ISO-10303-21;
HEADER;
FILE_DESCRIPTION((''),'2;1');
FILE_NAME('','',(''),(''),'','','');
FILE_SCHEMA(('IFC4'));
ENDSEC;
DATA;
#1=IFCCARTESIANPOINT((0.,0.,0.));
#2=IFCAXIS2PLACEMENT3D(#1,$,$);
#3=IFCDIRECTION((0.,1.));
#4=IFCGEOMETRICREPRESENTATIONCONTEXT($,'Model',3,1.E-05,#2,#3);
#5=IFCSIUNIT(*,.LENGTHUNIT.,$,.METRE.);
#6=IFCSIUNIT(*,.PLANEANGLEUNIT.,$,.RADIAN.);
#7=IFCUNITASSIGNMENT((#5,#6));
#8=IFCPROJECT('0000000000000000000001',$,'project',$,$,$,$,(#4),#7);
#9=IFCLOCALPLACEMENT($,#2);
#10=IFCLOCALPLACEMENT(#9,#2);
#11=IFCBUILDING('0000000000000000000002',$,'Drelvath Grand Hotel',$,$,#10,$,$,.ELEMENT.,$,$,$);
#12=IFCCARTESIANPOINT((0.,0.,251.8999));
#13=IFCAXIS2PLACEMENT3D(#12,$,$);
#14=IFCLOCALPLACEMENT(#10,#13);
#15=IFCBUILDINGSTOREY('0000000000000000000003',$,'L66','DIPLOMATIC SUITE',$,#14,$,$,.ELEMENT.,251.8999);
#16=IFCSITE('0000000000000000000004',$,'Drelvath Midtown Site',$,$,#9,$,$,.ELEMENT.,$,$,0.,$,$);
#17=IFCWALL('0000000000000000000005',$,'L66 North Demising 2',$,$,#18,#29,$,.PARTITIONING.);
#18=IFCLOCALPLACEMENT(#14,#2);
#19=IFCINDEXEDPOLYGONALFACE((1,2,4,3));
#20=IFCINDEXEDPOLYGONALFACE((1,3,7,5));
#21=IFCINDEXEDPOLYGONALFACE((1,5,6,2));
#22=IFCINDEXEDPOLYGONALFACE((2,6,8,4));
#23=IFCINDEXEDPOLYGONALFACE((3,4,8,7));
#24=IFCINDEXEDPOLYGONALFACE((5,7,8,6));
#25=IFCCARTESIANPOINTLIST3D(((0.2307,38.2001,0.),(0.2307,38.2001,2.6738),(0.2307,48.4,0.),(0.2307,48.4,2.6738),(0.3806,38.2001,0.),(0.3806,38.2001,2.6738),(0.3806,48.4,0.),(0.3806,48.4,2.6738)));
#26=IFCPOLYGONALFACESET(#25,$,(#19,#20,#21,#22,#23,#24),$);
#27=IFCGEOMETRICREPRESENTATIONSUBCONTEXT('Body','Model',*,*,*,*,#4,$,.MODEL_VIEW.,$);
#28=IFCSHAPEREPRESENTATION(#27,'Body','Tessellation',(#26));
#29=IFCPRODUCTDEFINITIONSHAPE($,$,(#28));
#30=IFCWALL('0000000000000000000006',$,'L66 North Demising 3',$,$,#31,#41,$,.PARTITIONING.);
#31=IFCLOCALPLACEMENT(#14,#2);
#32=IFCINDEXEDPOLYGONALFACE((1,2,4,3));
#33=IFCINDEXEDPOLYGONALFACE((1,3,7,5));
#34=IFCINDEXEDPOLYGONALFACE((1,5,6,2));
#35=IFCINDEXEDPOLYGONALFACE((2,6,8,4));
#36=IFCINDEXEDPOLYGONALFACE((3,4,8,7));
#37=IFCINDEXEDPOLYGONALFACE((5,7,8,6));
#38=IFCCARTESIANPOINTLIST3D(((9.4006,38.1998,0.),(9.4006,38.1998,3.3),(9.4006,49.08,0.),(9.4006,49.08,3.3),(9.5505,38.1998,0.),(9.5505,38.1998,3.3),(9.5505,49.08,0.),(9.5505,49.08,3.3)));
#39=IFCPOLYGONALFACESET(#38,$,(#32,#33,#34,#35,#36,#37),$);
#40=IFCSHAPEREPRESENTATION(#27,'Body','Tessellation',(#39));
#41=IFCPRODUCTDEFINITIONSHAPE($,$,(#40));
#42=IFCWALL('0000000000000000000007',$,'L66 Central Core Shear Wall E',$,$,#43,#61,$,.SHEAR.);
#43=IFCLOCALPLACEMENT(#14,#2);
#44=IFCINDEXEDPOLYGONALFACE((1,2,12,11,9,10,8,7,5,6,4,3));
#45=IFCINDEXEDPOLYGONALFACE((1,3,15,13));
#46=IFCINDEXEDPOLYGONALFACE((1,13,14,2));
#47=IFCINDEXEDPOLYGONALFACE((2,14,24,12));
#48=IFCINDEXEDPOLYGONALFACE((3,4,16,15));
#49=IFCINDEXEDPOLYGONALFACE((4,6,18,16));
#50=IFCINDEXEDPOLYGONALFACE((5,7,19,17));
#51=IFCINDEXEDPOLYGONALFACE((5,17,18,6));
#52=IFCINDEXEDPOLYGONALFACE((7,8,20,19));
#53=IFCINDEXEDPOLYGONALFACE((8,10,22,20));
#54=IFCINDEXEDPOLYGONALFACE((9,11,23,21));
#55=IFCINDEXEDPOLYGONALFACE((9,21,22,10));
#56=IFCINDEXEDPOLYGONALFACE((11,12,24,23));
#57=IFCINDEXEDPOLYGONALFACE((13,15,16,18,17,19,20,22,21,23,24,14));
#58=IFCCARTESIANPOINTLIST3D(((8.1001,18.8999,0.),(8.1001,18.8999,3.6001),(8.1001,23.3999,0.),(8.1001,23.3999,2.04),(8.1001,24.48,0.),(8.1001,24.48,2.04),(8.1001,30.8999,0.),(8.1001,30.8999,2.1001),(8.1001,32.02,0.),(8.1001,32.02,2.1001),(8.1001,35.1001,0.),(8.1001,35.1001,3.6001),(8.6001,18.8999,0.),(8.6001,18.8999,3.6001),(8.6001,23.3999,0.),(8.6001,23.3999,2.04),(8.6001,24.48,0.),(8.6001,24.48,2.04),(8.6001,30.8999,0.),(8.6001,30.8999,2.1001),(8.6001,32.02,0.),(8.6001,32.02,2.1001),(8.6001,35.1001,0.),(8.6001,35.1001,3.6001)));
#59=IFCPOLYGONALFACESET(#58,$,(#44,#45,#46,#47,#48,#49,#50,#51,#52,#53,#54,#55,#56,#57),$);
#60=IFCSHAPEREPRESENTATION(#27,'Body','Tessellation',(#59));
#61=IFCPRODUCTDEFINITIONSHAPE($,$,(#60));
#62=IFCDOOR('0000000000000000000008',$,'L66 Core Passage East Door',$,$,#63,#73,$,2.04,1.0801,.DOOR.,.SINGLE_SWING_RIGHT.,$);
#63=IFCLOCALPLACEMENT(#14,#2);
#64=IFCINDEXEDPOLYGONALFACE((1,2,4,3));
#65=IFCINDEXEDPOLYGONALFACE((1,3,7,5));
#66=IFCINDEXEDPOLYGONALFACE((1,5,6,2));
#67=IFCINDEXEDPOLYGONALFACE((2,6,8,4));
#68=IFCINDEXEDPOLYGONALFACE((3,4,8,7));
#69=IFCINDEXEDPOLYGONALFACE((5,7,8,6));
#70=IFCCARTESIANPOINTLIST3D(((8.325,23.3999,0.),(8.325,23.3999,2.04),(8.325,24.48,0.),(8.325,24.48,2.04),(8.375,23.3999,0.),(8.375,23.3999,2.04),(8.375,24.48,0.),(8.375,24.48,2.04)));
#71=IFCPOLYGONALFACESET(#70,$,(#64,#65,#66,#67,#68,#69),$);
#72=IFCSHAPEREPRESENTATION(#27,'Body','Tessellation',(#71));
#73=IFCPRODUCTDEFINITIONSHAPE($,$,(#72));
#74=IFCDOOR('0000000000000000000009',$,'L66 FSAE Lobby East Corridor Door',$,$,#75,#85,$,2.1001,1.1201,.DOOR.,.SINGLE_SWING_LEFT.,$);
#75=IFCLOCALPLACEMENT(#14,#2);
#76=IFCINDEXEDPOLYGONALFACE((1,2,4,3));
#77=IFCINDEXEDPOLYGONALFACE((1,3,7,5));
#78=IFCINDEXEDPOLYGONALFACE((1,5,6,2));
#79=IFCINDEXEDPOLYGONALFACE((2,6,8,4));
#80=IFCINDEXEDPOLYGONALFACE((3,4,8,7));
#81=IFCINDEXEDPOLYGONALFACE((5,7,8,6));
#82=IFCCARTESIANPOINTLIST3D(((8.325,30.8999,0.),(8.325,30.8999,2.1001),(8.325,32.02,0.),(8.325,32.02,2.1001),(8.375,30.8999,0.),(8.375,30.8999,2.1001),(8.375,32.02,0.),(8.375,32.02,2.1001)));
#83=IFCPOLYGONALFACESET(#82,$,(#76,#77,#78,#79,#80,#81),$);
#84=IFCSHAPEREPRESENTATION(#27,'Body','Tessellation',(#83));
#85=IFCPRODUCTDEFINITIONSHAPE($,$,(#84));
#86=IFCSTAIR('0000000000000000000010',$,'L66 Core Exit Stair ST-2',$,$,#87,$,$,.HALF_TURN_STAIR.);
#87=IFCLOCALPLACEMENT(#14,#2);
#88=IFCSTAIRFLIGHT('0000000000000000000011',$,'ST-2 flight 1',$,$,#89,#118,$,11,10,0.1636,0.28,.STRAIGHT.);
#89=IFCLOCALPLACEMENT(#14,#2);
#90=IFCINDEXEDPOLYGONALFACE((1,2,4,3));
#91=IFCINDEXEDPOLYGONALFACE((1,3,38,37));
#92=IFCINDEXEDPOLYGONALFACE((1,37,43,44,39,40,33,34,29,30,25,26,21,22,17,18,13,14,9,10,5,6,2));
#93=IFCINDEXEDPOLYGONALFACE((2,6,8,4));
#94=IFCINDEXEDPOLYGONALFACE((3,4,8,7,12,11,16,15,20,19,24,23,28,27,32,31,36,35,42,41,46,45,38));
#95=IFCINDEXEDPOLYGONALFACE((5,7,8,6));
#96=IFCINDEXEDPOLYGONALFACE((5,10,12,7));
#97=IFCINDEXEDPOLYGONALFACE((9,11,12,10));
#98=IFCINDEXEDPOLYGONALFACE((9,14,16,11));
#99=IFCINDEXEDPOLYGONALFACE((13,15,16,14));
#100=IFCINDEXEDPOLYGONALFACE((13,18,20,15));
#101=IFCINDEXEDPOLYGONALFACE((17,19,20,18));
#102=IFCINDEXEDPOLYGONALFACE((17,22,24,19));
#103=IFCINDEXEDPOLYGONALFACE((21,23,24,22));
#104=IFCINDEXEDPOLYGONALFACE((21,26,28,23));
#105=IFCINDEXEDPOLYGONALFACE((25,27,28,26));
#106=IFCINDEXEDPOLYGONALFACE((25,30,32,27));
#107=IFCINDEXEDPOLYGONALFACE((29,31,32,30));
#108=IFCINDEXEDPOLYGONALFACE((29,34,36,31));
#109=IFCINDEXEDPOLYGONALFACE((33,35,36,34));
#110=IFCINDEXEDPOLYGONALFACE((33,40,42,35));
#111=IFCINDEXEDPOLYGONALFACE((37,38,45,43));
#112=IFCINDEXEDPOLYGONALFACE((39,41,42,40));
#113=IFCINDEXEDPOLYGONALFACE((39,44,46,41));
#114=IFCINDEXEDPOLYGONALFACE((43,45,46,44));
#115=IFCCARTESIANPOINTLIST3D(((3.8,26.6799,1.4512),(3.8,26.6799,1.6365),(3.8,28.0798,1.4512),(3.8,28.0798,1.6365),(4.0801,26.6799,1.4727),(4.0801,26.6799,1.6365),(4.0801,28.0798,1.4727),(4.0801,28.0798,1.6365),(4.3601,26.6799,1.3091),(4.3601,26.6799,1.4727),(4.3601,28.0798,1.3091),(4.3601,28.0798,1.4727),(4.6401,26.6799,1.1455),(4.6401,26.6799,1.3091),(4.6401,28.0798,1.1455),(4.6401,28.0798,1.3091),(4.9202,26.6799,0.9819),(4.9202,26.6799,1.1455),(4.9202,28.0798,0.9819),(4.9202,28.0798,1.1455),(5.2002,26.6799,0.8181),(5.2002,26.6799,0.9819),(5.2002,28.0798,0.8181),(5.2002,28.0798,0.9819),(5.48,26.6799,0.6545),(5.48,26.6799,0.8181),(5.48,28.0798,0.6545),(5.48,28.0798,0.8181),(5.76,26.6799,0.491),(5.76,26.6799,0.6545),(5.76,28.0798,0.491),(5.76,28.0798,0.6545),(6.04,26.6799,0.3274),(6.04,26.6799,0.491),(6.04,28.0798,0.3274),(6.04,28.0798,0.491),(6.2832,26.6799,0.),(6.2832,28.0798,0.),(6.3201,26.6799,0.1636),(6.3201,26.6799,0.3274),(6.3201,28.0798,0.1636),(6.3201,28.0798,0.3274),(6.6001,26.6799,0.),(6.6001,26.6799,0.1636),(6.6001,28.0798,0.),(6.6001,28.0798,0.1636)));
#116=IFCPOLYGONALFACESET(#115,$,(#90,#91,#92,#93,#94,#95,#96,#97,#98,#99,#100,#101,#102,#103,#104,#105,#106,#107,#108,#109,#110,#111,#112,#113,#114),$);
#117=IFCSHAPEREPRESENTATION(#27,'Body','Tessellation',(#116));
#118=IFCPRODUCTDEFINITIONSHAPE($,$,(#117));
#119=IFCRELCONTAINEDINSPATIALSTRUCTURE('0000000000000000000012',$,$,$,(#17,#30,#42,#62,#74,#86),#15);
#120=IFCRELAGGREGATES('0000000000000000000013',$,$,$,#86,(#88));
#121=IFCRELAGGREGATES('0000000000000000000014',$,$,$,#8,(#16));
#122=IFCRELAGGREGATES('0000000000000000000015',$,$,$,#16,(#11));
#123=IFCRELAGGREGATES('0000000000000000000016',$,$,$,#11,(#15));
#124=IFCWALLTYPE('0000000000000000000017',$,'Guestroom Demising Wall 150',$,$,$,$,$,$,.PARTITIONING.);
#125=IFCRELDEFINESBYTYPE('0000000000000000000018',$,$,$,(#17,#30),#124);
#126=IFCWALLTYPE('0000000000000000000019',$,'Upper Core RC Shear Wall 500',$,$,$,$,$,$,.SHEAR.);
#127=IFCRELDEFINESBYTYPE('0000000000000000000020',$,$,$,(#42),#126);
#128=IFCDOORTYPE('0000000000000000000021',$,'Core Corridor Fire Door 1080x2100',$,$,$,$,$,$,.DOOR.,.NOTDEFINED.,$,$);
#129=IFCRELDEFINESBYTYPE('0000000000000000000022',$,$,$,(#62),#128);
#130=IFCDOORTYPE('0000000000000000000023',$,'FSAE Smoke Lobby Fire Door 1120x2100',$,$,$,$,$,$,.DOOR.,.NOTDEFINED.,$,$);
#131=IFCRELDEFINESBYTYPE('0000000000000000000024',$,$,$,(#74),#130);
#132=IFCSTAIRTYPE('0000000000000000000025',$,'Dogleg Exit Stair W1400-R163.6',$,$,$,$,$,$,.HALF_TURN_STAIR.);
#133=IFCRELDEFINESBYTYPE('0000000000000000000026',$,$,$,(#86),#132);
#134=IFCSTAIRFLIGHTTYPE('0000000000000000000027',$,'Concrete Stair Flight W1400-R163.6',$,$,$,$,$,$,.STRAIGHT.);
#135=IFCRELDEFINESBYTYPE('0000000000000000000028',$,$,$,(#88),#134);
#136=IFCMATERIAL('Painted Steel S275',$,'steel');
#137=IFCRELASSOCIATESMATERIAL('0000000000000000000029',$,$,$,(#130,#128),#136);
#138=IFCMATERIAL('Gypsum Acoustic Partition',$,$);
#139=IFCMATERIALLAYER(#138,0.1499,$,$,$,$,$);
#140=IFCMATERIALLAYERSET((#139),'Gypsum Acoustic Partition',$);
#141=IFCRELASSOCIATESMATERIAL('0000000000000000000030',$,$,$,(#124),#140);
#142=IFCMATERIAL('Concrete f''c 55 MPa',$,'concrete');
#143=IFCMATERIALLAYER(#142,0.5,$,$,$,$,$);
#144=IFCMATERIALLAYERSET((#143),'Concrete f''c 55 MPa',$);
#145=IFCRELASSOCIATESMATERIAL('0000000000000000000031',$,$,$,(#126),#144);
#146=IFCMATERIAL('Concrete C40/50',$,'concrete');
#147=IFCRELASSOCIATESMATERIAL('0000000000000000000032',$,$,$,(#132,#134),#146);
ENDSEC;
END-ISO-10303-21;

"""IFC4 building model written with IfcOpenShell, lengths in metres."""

from ifc_helpers import new_model, si_unit, direction, frame, frame_2d, origin, place, context, subcontext, project, spatial, polyline, rectangle, outline, extrude, material, layer, layer_set, type_object, element, fill, aggregate, save


model = new_model("IFC4")

# Units and contexts
model_context = context("Model", 3, precision=1e-05, world=origin(), true_north=direction((0.0, 1.0)))
body_context = subcontext(model_context, "Body", "Model", "MODEL_VIEW")
ifc_project = project(units=[si_unit("LENGTHUNIT", "METRE"), si_unit("PLANEANGLEUNIT", "RADIAN")], contexts=[model_context])

# Site, building, storey
site_placement = place(None, origin())
site = spatial("IfcSite", under=ifc_project, at=site_placement, Name="Drelvath Midtown Site", CompositionType="ELEMENT", RefElevation=0.0)
building_placement = place(site_placement, origin())
building = spatial("IfcBuilding", under=site, at=building_placement, Name="Drelvath Grand Hotel", CompositionType="ELEMENT")
storey_placement = place(building_placement, frame((0.0, 0.0, 251.8999)))
storey = spatial("IfcBuildingStorey", under=building, at=storey_placement, Name="L66", Description="DIPLOMATIC SUITE", CompositionType="ELEMENT", Elevation=251.8999)

# Shared definitions
ifc_material_1 = material(Name="Concrete f'c 55 MPa", Category="concrete")

# Shared definitions
ifc_material_2 = material(Name="Concrete C40/50", Category="concrete")

# Shared definitions
ifc_material_3 = material(Name="Painted Steel S275", Category="steel")

# Shared definitions
door_type_1 = type_object("IfcDoorType", Name="FSAE Smoke Lobby Fire Door 1120x2100", OperationType="NOTDEFINED", PredefinedType="DOOR", material=ifc_material_3)

# Walls
ifc_material_4 = material(Name="Gypsum Acoustic Partition")
ifc_layer_1 = layer(ifc_material_4, 0.1499)
ifc_layer_set_1 = layer_set([ifc_layer_1], Name="Gypsum Acoustic Partition")
wall_type_1 = type_object("IfcWallType", Name="Guestroom Demising Wall 150", PredefinedType="PARTITIONING", material=ifc_layer_set_1)
wall_1_placement = place(storey_placement, frame((0.3057, 38.2, 0.0), z_axis=(0.0, 0.0, 1.0), x_axis=(0.0, 1.0, 0.0)))
element("IfcWall", 1, at=wall_1_placement, inside=storey, type_object=wall_type_1, Name="L66 North Demising 2", PredefinedType="PARTITIONING", context=body_context, shape_type="SweptSolid", body=[
    extrude(rectangle(XDim=10.2, YDim=0.1499, at=frame_2d((5.1001, 0.0))), origin(), (0.0, 0.0, 1.0), 2.6738),
])
wall_2_placement = place(storey_placement, frame((9.4756, 38.2, 0.0), z_axis=(0.0, 0.0, 1.0), x_axis=(0.0, 1.0, 0.0)))
element("IfcWall", 2, at=wall_2_placement, inside=storey, type_object=wall_type_1, Name="L66 North Demising 3", PredefinedType="PARTITIONING", context=body_context, shape_type="SweptSolid", body=[
    extrude(rectangle(XDim=10.8801, YDim=0.1499, at=frame_2d((5.4399, 0.0))), origin(), (0.0, 0.0, 1.0), 3.3),
])

# Wall, openings, doors
ifc_layer_2 = layer(ifc_material_1, 0.5)
ifc_layer_set_2 = layer_set([ifc_layer_2], Name="Concrete f'c 55 MPa")
wall_type_2 = type_object("IfcWallType", Name="Upper Core RC Shear Wall 500", PredefinedType="SHEAR", material=ifc_layer_set_2)
wall_3_placement = place(storey_placement, frame((8.3501, 35.1001, 0.0), z_axis=(0.0, 0.0, 1.0), x_axis=(0.0, -1.0, 0.0)))
wall_3 = element("IfcWall", 3, at=wall_3_placement, inside=storey, type_object=wall_type_2, Name="L66 Central Core Shear Wall E", PredefinedType="SHEAR", context=body_context, shape_type="SweptSolid", body=[
    extrude(rectangle(XDim=16.2002, YDim=0.5, at=frame_2d((8.1001, 0.0))), origin(), (0.0, 0.0, 1.0), 3.6001),
])
opening_1_placement = place(wall_3_placement, frame((3.0801, 0.0, 0.0)))
opening_1 = element("IfcOpeningElement", 4, at=opening_1_placement, cuts=wall_3, PredefinedType="OPENING", context=body_context, shape_type="SweptSolid", body=[
    extrude(rectangle(XDim=1.1201, YDim=2.1001, at=frame_2d((0.5601, 1.05))), frame((0.0, 0.26, 0.0), z_axis=(0.0, -1.0, 0.0), x_axis=(1.0, 0.0, 0.0)), (0.0, 0.0, 1.0), 0.52),
])
opening_2_placement = place(wall_3_placement, frame((10.6201, 0.0, 0.0)))
opening_2 = element("IfcOpeningElement", 5, at=opening_2_placement, cuts=wall_3, PredefinedType="OPENING", context=body_context, shape_type="SweptSolid", body=[
    extrude(rectangle(XDim=1.0801, YDim=2.04, at=frame_2d((0.54, 1.02))), frame((0.0, 0.26, 0.0), z_axis=(0.0, -1.0, 0.0), x_axis=(1.0, 0.0, 0.0)), (0.0, 0.0, 1.0), 0.52),
])
door_type_2 = type_object("IfcDoorType", Name="Core Corridor Fire Door 1080x2100", OperationType="NOTDEFINED", PredefinedType="DOOR", material=ifc_material_3)
door_1_placement = place(opening_2_placement, origin())
door_1 = element("IfcDoor", 6, at=door_1_placement, inside=storey, type_object=door_type_2, Name="L66 Core Passage East Door", OperationType="SINGLE_SWING_RIGHT", OverallHeight=2.04, OverallWidth=1.0801, PredefinedType="DOOR", context=body_context, shape_type="SweptSolid", body=[
    extrude(rectangle(XDim=1.0801, YDim=2.04, at=frame_2d((0.54, 1.02))), frame((0.0, 0.0249, 0.0), z_axis=(0.0, -1.0, 0.0), x_axis=(1.0, 0.0, 0.0)), (0.0, 0.0, 1.0), 0.05),
])
fill(opening_2, door_1)
door_2_placement = place(opening_1_placement, origin())
door_2 = element("IfcDoor", 7, at=door_2_placement, inside=storey, type_object=door_type_1, Name="L66 FSAE Lobby East Corridor Door", OperationType="SINGLE_SWING_LEFT", OverallHeight=2.1001, OverallWidth=1.1201, PredefinedType="DOOR", context=body_context, shape_type="SweptSolid", body=[
    extrude(rectangle(XDim=1.1201, YDim=2.1001, at=frame_2d((0.5601, 1.05))), frame((0.0, 0.0249, 0.0), z_axis=(0.0, -1.0, 0.0), x_axis=(1.0, 0.0, 0.0)), (0.0, 0.0, 1.0), 0.05),
])
fill(opening_1, door_2)

# Stair, stair flight
stair_type = type_object("IfcStairType", Name="Dogleg Exit Stair W1400-R163.6", PredefinedType="HALF_TURN_STAIR", material=ifc_material_2)
stair_placement = place(storey_placement, origin())
stair = element("IfcStair", 8, at=stair_placement, inside=storey, type_object=stair_type, Name="L66 Core Exit Stair ST-2", PredefinedType="HALF_TURN_STAIR")
stair_flight_type = type_object("IfcStairFlightType", Name="Concrete Stair Flight W1400-R163.6", PredefinedType="STRAIGHT", material=ifc_material_2)
stair_flight_placement = place(storey_placement, frame((6.6001, 27.3799, 0.0), z_axis=(0.0, 0.0, 1.0), x_axis=(-1.0, 0.0, 0.0)))
stair_flight = element("IfcStairFlight", 9, at=stair_flight_placement, type_object=stair_flight_type, Name="ST-2 flight 1", NumberOfRisers=11, NumberOfTreads=10, PredefinedType="STRAIGHT", RiserHeight=0.1636, TreadLength=0.28, context=body_context, shape_type="SweptSolid", body=[
    extrude(outline(polyline([(0.0, 0.0), (0.0, 0.1636), (0.28, 0.1636), (0.28, 0.3274), (0.5601, 0.3274), (0.5601, 0.491), (0.8401, 0.491), (0.8401, 0.6545), (1.1201, 0.6545), (1.1201, 0.8181), (1.3999, 0.8181), (1.3999, 0.9819), (1.6799, 0.9819), (1.6799, 1.1455), (1.96, 1.1455), (1.96, 1.3091), (2.24, 1.3091), (2.24, 1.4727), (2.52, 1.4727), (2.52, 1.6365), (2.8, 1.6365), (2.8, 1.8), (2.8, 1.4512), (0.3169, 0.0), (0.0, 0.0)])), frame((0.0, 0.7, 0.0), z_axis=(0.0, -1.0, 0.0), x_axis=(1.0, 0.0, 0.0)), (0.0, 0.0, 1.0), 1.3999),
])
aggregate(stair, [stair_flight])

save(model, "model.ifc")
